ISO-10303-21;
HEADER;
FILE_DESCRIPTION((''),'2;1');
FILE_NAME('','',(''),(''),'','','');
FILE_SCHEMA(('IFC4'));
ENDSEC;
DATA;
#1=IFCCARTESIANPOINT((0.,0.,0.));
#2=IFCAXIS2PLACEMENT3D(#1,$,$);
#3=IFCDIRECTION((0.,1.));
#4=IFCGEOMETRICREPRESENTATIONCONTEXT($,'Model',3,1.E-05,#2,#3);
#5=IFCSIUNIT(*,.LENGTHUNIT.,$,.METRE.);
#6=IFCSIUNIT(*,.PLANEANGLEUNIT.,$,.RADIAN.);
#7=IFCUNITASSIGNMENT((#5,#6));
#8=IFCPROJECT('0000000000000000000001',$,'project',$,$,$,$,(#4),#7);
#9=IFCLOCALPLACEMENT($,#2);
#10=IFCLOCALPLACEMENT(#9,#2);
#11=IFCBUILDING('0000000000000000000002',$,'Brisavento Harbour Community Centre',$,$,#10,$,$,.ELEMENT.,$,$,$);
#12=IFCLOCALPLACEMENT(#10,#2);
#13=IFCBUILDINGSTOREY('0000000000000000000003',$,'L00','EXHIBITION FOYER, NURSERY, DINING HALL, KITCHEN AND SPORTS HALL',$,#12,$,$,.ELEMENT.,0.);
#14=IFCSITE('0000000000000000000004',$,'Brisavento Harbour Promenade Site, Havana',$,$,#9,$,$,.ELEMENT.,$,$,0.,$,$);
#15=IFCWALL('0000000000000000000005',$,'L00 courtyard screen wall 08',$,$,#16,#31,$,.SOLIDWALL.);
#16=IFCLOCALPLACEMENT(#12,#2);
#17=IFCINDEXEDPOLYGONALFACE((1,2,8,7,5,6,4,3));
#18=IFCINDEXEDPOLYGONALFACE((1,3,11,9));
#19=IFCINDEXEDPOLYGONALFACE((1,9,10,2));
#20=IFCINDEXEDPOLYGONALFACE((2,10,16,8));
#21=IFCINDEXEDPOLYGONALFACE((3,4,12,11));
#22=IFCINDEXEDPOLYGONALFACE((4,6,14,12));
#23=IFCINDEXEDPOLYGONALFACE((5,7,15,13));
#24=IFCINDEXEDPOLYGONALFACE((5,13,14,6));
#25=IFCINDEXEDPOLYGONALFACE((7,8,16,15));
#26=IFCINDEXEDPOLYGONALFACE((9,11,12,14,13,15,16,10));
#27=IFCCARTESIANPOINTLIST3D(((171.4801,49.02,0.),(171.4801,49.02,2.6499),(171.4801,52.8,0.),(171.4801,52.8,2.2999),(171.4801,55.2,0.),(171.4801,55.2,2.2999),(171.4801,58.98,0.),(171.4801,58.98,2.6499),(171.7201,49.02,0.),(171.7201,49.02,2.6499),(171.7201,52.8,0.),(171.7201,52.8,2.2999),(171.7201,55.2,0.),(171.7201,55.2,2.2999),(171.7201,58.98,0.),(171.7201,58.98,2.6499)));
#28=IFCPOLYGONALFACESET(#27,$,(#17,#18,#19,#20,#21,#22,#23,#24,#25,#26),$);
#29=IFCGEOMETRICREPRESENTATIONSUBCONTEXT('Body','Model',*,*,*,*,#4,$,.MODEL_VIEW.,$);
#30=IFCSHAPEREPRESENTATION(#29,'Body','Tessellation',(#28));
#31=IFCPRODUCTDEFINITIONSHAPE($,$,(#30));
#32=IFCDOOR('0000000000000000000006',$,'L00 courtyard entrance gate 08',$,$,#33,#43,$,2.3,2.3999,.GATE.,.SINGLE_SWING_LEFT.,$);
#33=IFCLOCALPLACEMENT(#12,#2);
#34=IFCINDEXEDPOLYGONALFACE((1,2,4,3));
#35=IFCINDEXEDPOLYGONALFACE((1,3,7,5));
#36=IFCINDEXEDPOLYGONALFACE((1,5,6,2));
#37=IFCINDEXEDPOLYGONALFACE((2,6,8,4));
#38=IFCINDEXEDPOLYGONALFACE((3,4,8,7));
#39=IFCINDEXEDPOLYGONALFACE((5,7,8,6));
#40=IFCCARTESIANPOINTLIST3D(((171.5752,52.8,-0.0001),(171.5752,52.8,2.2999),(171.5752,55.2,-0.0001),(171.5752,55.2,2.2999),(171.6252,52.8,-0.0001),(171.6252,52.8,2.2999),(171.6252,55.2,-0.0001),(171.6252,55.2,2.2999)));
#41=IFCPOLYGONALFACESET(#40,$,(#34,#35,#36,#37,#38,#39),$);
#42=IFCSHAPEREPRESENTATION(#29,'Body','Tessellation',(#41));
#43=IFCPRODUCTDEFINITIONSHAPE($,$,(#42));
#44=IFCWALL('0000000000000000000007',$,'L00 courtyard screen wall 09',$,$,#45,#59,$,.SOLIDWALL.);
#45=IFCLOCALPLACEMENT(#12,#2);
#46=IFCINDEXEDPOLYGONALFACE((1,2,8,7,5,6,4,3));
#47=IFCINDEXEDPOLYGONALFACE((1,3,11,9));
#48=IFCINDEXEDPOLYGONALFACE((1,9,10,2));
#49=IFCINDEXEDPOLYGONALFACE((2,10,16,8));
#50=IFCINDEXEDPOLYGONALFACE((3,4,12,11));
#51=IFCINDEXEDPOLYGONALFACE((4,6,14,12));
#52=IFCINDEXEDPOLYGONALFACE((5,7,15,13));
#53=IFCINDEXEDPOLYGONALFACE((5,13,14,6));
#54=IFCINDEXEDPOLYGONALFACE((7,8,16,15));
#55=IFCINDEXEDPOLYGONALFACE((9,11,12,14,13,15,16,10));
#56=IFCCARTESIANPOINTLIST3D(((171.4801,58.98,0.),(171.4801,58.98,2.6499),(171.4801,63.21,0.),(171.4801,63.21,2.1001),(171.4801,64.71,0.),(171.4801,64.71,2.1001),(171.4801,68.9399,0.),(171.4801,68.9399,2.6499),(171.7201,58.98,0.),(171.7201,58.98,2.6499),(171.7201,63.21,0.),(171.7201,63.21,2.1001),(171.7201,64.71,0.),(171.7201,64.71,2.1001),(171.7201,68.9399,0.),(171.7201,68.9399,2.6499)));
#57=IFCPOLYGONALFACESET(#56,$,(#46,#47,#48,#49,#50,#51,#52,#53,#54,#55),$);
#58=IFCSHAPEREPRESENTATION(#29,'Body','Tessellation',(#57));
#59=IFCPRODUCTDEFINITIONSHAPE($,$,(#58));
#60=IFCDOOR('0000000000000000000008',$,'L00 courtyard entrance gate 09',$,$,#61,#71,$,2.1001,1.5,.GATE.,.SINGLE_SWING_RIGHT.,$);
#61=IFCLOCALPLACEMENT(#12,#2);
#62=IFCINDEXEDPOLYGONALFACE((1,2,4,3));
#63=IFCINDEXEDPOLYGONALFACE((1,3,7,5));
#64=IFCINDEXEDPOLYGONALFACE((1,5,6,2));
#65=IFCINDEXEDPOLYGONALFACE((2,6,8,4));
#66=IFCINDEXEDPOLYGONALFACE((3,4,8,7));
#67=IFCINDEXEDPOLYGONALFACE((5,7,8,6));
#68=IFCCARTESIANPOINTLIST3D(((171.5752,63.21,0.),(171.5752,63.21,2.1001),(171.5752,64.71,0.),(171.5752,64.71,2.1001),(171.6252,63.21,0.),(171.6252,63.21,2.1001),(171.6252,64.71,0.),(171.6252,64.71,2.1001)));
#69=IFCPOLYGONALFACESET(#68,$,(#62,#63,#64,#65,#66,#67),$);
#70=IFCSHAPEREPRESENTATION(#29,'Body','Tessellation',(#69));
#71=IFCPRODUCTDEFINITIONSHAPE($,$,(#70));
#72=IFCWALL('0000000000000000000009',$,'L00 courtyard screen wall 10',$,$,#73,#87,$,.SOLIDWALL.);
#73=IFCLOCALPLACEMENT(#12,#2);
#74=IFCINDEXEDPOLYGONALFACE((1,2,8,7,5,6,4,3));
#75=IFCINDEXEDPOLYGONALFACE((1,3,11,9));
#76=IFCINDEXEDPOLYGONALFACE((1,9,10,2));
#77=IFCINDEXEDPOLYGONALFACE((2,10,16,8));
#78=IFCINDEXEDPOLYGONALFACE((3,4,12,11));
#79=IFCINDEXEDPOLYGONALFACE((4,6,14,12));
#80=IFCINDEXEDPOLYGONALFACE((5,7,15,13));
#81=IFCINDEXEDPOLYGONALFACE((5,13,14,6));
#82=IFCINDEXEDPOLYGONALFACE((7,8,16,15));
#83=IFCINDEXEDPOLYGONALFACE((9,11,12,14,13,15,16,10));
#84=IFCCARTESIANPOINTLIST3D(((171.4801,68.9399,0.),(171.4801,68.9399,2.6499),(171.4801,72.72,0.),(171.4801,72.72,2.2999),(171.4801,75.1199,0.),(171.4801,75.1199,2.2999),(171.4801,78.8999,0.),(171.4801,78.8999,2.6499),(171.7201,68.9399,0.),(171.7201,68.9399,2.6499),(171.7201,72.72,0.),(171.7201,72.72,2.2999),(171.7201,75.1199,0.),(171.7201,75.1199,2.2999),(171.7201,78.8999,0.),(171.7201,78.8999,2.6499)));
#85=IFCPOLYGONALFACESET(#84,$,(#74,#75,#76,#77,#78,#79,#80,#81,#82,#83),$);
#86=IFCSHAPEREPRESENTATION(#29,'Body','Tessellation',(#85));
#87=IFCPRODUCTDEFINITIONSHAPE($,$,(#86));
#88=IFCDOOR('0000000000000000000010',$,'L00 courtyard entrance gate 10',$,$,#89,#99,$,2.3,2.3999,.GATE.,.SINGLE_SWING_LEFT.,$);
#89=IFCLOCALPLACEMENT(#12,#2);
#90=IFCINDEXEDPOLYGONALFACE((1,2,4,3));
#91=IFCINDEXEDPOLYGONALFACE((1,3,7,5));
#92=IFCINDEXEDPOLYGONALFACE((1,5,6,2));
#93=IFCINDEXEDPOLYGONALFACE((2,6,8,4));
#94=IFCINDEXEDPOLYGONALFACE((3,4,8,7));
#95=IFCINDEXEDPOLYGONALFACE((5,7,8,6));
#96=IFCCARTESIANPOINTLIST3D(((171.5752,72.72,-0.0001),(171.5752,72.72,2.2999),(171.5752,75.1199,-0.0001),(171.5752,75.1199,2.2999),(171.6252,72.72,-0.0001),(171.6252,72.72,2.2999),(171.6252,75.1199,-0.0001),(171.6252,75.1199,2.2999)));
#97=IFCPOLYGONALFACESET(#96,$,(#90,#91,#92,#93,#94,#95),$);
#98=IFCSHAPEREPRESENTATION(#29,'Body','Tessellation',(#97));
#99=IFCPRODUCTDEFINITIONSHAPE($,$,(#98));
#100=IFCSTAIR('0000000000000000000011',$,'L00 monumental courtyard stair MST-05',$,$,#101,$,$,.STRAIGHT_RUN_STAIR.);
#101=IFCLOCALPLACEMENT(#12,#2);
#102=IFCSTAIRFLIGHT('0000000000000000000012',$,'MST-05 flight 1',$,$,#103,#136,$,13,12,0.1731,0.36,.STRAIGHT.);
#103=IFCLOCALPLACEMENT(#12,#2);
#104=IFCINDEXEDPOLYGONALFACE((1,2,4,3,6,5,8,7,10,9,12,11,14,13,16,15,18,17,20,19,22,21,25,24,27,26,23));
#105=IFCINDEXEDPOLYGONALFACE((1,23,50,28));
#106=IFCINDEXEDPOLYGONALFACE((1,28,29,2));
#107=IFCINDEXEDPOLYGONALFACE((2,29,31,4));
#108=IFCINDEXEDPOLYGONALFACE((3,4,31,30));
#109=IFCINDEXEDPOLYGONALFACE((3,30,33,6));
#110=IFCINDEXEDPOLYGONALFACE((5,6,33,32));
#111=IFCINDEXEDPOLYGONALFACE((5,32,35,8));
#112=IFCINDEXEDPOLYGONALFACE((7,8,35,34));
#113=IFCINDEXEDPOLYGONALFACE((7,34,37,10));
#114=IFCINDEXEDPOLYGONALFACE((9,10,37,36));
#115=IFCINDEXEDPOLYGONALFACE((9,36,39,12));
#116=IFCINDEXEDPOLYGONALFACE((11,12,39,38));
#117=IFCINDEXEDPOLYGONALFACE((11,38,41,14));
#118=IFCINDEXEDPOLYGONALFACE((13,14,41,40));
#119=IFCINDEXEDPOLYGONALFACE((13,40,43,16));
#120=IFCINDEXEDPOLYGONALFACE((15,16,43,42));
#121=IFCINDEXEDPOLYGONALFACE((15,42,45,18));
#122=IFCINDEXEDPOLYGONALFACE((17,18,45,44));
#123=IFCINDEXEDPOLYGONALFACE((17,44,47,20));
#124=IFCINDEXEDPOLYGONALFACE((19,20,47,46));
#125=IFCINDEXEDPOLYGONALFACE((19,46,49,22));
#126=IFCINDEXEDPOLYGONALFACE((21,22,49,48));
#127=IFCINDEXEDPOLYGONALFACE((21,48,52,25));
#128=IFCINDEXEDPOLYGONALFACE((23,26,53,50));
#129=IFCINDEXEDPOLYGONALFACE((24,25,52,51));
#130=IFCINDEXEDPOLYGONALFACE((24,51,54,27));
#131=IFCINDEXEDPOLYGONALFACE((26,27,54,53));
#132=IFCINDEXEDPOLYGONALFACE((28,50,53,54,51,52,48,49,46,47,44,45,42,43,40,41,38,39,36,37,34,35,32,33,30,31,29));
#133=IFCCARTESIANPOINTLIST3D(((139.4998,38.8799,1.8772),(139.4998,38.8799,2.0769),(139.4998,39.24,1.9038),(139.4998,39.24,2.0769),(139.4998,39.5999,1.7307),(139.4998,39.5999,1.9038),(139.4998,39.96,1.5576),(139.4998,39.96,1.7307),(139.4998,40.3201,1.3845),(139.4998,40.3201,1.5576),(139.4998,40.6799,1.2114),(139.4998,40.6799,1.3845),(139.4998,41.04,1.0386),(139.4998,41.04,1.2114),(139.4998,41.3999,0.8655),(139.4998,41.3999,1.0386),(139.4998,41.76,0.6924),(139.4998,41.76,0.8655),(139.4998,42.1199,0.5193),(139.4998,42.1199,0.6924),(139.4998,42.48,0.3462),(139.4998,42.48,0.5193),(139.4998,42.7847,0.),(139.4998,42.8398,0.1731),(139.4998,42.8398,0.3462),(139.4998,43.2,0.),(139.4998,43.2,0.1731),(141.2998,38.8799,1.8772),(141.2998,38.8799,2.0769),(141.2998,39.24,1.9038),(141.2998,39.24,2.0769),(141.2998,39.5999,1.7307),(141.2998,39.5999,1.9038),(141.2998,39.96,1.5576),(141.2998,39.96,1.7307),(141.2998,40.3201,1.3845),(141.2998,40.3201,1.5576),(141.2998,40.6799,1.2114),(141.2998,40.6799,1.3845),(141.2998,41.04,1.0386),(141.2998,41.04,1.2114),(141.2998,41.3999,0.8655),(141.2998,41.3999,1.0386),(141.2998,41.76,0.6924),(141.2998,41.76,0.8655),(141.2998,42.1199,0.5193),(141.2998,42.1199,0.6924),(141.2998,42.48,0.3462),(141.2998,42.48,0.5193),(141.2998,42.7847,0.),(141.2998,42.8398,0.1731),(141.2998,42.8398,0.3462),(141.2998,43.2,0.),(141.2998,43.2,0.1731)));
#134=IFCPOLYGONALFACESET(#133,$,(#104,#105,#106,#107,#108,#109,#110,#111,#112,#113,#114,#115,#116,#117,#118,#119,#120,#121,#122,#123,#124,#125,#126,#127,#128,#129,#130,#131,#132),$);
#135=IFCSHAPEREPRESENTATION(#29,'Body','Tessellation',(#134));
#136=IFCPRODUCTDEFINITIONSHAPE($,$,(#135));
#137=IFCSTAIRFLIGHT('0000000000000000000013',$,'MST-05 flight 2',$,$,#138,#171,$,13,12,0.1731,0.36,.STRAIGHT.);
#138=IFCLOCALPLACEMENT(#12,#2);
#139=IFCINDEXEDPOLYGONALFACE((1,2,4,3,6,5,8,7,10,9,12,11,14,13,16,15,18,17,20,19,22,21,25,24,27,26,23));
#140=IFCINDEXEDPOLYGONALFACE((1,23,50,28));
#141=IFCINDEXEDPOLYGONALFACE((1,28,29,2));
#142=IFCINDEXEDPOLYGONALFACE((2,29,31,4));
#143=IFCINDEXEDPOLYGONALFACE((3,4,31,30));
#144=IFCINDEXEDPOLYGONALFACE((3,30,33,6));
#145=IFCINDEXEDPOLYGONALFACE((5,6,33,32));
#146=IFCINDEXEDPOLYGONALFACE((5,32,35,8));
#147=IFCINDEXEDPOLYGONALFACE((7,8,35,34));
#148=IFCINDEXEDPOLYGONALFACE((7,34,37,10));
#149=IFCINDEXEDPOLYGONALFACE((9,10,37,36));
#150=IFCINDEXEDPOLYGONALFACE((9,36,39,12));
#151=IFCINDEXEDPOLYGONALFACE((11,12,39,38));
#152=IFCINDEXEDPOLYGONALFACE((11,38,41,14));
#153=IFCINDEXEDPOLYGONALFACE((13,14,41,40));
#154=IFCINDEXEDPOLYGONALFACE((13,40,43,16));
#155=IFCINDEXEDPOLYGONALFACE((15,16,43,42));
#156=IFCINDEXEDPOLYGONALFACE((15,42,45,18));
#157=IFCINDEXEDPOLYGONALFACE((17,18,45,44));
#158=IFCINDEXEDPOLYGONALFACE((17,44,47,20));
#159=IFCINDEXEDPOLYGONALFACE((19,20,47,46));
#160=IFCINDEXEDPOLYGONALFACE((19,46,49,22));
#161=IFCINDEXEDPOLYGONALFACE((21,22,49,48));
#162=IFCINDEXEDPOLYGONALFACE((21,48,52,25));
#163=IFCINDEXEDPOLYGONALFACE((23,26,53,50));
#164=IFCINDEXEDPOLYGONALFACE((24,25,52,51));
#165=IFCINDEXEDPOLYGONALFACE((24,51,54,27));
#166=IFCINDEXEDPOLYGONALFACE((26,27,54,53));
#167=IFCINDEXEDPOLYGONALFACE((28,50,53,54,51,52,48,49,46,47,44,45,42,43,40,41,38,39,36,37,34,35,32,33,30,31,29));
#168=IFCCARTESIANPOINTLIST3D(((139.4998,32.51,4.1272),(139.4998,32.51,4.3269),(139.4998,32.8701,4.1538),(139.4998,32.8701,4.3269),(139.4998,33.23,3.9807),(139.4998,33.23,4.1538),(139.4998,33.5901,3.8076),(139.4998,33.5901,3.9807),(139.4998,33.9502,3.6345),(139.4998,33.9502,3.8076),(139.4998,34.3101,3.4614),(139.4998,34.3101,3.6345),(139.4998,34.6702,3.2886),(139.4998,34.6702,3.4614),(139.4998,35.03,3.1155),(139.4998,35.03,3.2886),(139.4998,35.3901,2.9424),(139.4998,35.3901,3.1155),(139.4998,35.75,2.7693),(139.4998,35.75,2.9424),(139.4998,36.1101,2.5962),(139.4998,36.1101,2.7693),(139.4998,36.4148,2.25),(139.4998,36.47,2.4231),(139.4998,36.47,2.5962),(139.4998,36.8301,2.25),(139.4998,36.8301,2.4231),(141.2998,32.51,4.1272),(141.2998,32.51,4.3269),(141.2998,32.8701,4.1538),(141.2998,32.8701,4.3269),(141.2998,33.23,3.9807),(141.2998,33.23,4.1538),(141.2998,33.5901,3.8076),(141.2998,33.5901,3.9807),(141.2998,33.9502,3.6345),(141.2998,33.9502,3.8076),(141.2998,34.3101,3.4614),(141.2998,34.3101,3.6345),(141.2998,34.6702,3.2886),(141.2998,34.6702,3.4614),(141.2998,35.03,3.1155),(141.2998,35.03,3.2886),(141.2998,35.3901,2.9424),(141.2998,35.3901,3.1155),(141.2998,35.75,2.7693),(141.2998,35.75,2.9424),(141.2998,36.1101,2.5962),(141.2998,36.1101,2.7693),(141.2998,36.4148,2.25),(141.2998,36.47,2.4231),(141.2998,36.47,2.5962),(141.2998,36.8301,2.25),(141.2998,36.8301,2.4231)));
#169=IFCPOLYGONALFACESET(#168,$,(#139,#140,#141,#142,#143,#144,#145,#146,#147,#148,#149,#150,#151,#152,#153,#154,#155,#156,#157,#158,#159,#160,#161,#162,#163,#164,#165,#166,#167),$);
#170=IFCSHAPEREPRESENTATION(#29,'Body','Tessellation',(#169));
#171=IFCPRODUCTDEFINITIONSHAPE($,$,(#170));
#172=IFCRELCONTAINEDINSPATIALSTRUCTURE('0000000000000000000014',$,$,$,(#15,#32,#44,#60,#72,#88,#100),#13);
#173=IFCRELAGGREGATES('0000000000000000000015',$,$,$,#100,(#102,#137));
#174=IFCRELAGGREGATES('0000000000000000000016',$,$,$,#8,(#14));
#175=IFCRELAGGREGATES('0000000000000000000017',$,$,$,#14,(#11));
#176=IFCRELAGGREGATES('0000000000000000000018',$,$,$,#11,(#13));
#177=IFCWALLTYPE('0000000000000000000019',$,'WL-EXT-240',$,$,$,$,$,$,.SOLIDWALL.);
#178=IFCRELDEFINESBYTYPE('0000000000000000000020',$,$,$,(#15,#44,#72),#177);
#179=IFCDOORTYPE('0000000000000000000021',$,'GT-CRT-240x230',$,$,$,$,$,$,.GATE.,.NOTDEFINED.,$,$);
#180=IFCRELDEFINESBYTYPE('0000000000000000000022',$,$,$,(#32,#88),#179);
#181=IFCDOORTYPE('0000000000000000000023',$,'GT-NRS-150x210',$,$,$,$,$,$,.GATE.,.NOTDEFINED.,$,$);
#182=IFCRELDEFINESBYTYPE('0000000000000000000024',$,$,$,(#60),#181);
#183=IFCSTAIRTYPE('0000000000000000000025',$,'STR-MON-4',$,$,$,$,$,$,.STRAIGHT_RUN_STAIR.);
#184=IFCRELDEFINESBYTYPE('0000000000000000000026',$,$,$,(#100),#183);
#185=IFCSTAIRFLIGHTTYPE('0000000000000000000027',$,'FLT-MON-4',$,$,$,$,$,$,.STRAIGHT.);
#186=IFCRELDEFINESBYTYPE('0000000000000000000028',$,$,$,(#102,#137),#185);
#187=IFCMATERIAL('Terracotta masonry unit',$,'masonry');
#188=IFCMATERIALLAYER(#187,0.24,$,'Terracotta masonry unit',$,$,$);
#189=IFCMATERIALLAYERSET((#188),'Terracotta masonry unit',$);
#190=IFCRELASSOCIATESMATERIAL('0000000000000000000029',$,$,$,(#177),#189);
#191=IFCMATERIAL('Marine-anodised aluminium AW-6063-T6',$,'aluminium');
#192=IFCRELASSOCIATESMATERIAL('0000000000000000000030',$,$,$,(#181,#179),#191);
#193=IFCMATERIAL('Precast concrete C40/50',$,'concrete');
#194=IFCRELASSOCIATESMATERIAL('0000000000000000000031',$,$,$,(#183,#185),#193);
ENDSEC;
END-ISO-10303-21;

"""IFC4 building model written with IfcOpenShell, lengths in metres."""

from ifc_helpers import new_model, si_unit, direction, frame, frame_2d, origin, place, context, subcontext, project, spatial, polyline, rectangle, outline, extrude, material, layer, layer_set, type_object, element, fill, aggregate, save


model = new_model("IFC4")

# Units and contexts
model_context = context("Model", 3, precision=1e-05, world=origin(), true_north=direction((0.0, 1.0)))
body_context = subcontext(model_context, "Body", "Model", "MODEL_VIEW")
ifc_project = project(units=[si_unit("LENGTHUNIT", "METRE"), si_unit("PLANEANGLEUNIT", "RADIAN")], contexts=[model_context])

# Site, building, storey
site_placement = place(None, origin())
site = spatial("IfcSite", under=ifc_project, at=site_placement, Name="Brisavento Harbour Promenade Site, Havana", CompositionType="ELEMENT", RefElevation=0.0)
building_placement = place(site_placement, origin())
building = spatial("IfcBuilding", under=site, at=building_placement, Name="Brisavento Harbour Community Centre", CompositionType="ELEMENT")
storey_placement = place(building_placement, origin())
storey = spatial("IfcBuildingStorey", under=building, at=storey_placement, Name="L00", Description="EXHIBITION FOYER, NURSERY, DINING HALL, KITCHEN AND SPORTS HALL", CompositionType="ELEMENT", Elevation=0.0)

# Walls, openings, doors
ifc_material_1 = material(Name="Terracotta masonry unit", Category="masonry")
ifc_layer = layer(ifc_material_1, 0.24, Name="Terracotta masonry unit")
ifc_layer_set = layer_set([ifc_layer], Name="Terracotta masonry unit")
wall_type = type_object("IfcWallType", Name="WL-EXT-240", PredefinedType="SOLIDWALL", material=ifc_layer_set)
ifc_material_2 = material(Name="Marine-anodised aluminium AW-6063-T6", Category="aluminium")
door_type_1 = type_object("IfcDoorType", Name="GT-NRS-150x210", OperationType="NOTDEFINED", PredefinedType="GATE", material=ifc_material_2)
wall_1_placement = place(storey_placement, frame((171.6001, 49.02, 0.0), z_axis=(0.0, 0.0, 1.0), x_axis=(0.0, 1.0, 0.0)))
wall_1 = element("IfcWall", 1, at=wall_1_placement, inside=storey, type_object=wall_type, Name="L00 courtyard screen wall 08", PredefinedType="SOLIDWALL", context=body_context, shape_type="SweptSolid", body=[
    extrude(rectangle(XDim=9.96, YDim=0.24, at=frame_2d((4.98, 0.0))), origin(), (0.0, 0.0, 1.0), 2.6499),
])
opening_1_placement = place(wall_1_placement, frame((3.78, 0.0, 0.0)))
opening_1 = element("IfcOpeningElement", 2, at=opening_1_placement, cuts=wall_1, PredefinedType="OPENING", context=body_context, shape_type="SweptSolid", body=[
    extrude(rectangle(XDim=2.3999, YDim=2.3, at=frame_2d((1.2, 1.1499))), frame((0.0, 0.1299, 0.0), z_axis=(0.0, -1.0, 0.0), x_axis=(1.0, 0.0, 0.0)), (0.0, 0.0, 1.0), 0.26),
])
door_type_2 = type_object("IfcDoorType", Name="GT-CRT-240x230", OperationType="NOTDEFINED", PredefinedType="GATE", material=ifc_material_2)
door_1_placement = place(opening_1_placement, origin())
door_1 = element("IfcDoor", 3, at=door_1_placement, inside=storey, type_object=door_type_2, Name="L00 courtyard entrance gate 08", OperationType="SINGLE_SWING_LEFT", OverallHeight=2.3, OverallWidth=2.3999, PredefinedType="GATE", context=body_context, shape_type="SweptSolid", body=[
    extrude(rectangle(XDim=2.3999, YDim=2.3, at=frame_2d((1.2, 1.1499))), frame((0.0, 0.0249, 0.0), z_axis=(0.0, -1.0, 0.0), x_axis=(1.0, 0.0, 0.0)), (0.0, 0.0, 1.0), 0.05),
])
fill(opening_1, door_1)
wall_2_placement = place(storey_placement, frame((171.6001, 58.98, 0.0), z_axis=(0.0, 0.0, 1.0), x_axis=(0.0, 1.0, 0.0)))
wall_2 = element("IfcWall", 4, at=wall_2_placement, inside=storey, type_object=wall_type, Name="L00 courtyard screen wall 09", PredefinedType="SOLIDWALL", context=body_context, shape_type="SweptSolid", body=[
    extrude(rectangle(XDim=9.96, YDim=0.24, at=frame_2d((4.98, 0.0))), origin(), (0.0, 0.0, 1.0), 2.6499),
])
opening_2_placement = place(wall_2_placement, frame((4.23, 0.0, 0.0)))
opening_2 = element("IfcOpeningElement", 5, at=opening_2_placement, cuts=wall_2, PredefinedType="OPENING", context=body_context, shape_type="SweptSolid", body=[
    extrude(rectangle(XDim=1.5, YDim=2.1001, at=frame_2d((0.75, 1.05))), frame((0.0, 0.1299, 0.0), z_axis=(0.0, -1.0, 0.0), x_axis=(1.0, 0.0, 0.0)), (0.0, 0.0, 1.0), 0.26),
])
door_2_placement = place(opening_2_placement, origin())
door_2 = element("IfcDoor", 6, at=door_2_placement, inside=storey, type_object=door_type_1, Name="L00 courtyard entrance gate 09", OperationType="SINGLE_SWING_RIGHT", OverallHeight=2.1001, OverallWidth=1.5, PredefinedType="GATE", context=body_context, shape_type="SweptSolid", body=[
    extrude(rectangle(XDim=1.5, YDim=2.1001, at=frame_2d((0.75, 1.05))), frame((0.0, 0.0249, 0.0), z_axis=(0.0, -1.0, 0.0), x_axis=(1.0, 0.0, 0.0)), (0.0, 0.0, 1.0), 0.05),
])
fill(opening_2, door_2)
wall_3_placement = place(storey_placement, frame((171.6001, 68.9399, 0.0), z_axis=(0.0, 0.0, 1.0), x_axis=(0.0, 1.0, 0.0)))
wall_3 = element("IfcWall", 7, at=wall_3_placement, inside=storey, type_object=wall_type, Name="L00 courtyard screen wall 10", PredefinedType="SOLIDWALL", context=body_context, shape_type="SweptSolid", body=[
    extrude(rectangle(XDim=9.96, YDim=0.24, at=frame_2d((4.98, 0.0))), origin(), (0.0, 0.0, 1.0), 2.6499),
])
opening_3_placement = place(wall_3_placement, frame((3.78, 0.0, 0.0)))
opening_3 = element("IfcOpeningElement", 8, at=opening_3_placement, cuts=wall_3, PredefinedType="OPENING", context=body_context, shape_type="SweptSolid", body=[
    extrude(rectangle(XDim=2.3999, YDim=2.3, at=frame_2d((1.2, 1.1499))), frame((0.0, 0.1299, 0.0), z_axis=(0.0, -1.0, 0.0), x_axis=(1.0, 0.0, 0.0)), (0.0, 0.0, 1.0), 0.26),
])
door_3_placement = place(opening_3_placement, origin())
door_3 = element("IfcDoor", 9, at=door_3_placement, inside=storey, type_object=door_type_2, Name="L00 courtyard entrance gate 10", OperationType="SINGLE_SWING_LEFT", OverallHeight=2.3, OverallWidth=2.3999, PredefinedType="GATE", context=body_context, shape_type="SweptSolid", body=[
    extrude(rectangle(XDim=2.3999, YDim=2.3, at=frame_2d((1.2, 1.1499))), frame((0.0, 0.0249, 0.0), z_axis=(0.0, -1.0, 0.0), x_axis=(1.0, 0.0, 0.0)), (0.0, 0.0, 1.0), 0.05),
])
fill(opening_3, door_3)

# Stair, stair flights
ifc_material_3 = material(Name="Precast concrete C40/50", Category="concrete")
stair_type = type_object("IfcStairType", Name="STR-MON-4", PredefinedType="STRAIGHT_RUN_STAIR", material=ifc_material_3)
stair_placement = place(storey_placement, origin())
stair = element("IfcStair", 10, at=stair_placement, inside=storey, type_object=stair_type, Name="L00 monumental courtyard stair MST-05", PredefinedType="STRAIGHT_RUN_STAIR")
stair_flight_type = type_object("IfcStairFlightType", Name="FLT-MON-4", PredefinedType="STRAIGHT", material=ifc_material_3)
stair_flight_1_placement = place(storey_placement, frame((140.3999, 43.2, 0.0), z_axis=(0.0, 0.0, 1.0), x_axis=(0.0, -1.0, 0.0)))
stair_flight_1 = element("IfcStairFlight", 11, at=stair_flight_1_placement, type_object=stair_flight_type, Name="MST-05 flight 1", NumberOfRisers=13, NumberOfTreads=12, PredefinedType="STRAIGHT", RiserHeight=0.1731, TreadLength=0.36, context=body_context, shape_type="SweptSolid", body=[
    extrude(outline(polyline([(0.0, 0.0), (0.0, 0.1731), (0.3601, 0.1731), (0.3601, 0.3462), (0.72, 0.3462), (0.72, 0.5193), (1.0801, 0.5193), (1.0801, 0.6924), (1.4399, 0.6924), (1.4399, 0.8655), (1.8, 0.8655), (1.8, 1.0386), (2.1599, 1.0386), (2.1599, 1.2114), (2.52, 1.2114), (2.52, 1.3845), (2.8799, 1.3845), (2.8799, 1.5576), (3.24, 1.5576), (3.24, 1.7307), (3.6001, 1.7307), (3.6001, 1.9038), (3.96, 1.9038), (3.96, 2.0769), (4.3201, 2.0769), (4.3201, 2.25), (4.3201, 1.8772), (0.4153, 0.0), (0.0, 0.0)])), frame((0.0, 0.8999, 0.0), z_axis=(0.0, -1.0, 0.0), x_axis=(1.0, 0.0, 0.0)), (0.0, 0.0, 1.0), 1.8),
])
stair_flight_2_placement = place(storey_placement, frame((140.3999, 36.8301, 2.25), z_axis=(0.0, 0.0, 1.0), x_axis=(0.0, -1.0, 0.0)))
stair_flight_2 = element("IfcStairFlight", 12, at=stair_flight_2_placement, type_object=stair_flight_type, Name="MST-05 flight 2", NumberOfRisers=13, NumberOfTreads=12, PredefinedType="STRAIGHT", RiserHeight=0.1731, TreadLength=0.36, context=body_context, shape_type="SweptSolid", body=[
    extrude(outline(polyline([(0.0, 0.0), (0.0, 0.1731), (0.3601, 0.1731), (0.3601, 0.3462), (0.72, 0.3462), (0.72, 0.5193), (1.0801, 0.5193), (1.0801, 0.6924), (1.4399, 0.6924), (1.4399, 0.8655), (1.8, 0.8655), (1.8, 1.0386), (2.1599, 1.0386), (2.1599, 1.2114), (2.52, 1.2114), (2.52, 1.3845), (2.8799, 1.3845), (2.8799, 1.5576), (3.24, 1.5576), (3.24, 1.7307), (3.6001, 1.7307), (3.6001, 1.9038), (3.96, 1.9038), (3.96, 2.0769), (4.3201, 2.0769), (4.3201, 2.25), (4.3201, 1.8772), (0.4153, 0.0), (0.0, 0.0)])), frame((0.0, 0.8999, 0.0), z_axis=(0.0, -1.0, 0.0), x_axis=(1.0, 0.0, 0.0)), (0.0, 0.0, 1.0), 1.8),
])
aggregate(stair, [stair_flight_1, stair_flight_2])

save(model, "model.ifc")
